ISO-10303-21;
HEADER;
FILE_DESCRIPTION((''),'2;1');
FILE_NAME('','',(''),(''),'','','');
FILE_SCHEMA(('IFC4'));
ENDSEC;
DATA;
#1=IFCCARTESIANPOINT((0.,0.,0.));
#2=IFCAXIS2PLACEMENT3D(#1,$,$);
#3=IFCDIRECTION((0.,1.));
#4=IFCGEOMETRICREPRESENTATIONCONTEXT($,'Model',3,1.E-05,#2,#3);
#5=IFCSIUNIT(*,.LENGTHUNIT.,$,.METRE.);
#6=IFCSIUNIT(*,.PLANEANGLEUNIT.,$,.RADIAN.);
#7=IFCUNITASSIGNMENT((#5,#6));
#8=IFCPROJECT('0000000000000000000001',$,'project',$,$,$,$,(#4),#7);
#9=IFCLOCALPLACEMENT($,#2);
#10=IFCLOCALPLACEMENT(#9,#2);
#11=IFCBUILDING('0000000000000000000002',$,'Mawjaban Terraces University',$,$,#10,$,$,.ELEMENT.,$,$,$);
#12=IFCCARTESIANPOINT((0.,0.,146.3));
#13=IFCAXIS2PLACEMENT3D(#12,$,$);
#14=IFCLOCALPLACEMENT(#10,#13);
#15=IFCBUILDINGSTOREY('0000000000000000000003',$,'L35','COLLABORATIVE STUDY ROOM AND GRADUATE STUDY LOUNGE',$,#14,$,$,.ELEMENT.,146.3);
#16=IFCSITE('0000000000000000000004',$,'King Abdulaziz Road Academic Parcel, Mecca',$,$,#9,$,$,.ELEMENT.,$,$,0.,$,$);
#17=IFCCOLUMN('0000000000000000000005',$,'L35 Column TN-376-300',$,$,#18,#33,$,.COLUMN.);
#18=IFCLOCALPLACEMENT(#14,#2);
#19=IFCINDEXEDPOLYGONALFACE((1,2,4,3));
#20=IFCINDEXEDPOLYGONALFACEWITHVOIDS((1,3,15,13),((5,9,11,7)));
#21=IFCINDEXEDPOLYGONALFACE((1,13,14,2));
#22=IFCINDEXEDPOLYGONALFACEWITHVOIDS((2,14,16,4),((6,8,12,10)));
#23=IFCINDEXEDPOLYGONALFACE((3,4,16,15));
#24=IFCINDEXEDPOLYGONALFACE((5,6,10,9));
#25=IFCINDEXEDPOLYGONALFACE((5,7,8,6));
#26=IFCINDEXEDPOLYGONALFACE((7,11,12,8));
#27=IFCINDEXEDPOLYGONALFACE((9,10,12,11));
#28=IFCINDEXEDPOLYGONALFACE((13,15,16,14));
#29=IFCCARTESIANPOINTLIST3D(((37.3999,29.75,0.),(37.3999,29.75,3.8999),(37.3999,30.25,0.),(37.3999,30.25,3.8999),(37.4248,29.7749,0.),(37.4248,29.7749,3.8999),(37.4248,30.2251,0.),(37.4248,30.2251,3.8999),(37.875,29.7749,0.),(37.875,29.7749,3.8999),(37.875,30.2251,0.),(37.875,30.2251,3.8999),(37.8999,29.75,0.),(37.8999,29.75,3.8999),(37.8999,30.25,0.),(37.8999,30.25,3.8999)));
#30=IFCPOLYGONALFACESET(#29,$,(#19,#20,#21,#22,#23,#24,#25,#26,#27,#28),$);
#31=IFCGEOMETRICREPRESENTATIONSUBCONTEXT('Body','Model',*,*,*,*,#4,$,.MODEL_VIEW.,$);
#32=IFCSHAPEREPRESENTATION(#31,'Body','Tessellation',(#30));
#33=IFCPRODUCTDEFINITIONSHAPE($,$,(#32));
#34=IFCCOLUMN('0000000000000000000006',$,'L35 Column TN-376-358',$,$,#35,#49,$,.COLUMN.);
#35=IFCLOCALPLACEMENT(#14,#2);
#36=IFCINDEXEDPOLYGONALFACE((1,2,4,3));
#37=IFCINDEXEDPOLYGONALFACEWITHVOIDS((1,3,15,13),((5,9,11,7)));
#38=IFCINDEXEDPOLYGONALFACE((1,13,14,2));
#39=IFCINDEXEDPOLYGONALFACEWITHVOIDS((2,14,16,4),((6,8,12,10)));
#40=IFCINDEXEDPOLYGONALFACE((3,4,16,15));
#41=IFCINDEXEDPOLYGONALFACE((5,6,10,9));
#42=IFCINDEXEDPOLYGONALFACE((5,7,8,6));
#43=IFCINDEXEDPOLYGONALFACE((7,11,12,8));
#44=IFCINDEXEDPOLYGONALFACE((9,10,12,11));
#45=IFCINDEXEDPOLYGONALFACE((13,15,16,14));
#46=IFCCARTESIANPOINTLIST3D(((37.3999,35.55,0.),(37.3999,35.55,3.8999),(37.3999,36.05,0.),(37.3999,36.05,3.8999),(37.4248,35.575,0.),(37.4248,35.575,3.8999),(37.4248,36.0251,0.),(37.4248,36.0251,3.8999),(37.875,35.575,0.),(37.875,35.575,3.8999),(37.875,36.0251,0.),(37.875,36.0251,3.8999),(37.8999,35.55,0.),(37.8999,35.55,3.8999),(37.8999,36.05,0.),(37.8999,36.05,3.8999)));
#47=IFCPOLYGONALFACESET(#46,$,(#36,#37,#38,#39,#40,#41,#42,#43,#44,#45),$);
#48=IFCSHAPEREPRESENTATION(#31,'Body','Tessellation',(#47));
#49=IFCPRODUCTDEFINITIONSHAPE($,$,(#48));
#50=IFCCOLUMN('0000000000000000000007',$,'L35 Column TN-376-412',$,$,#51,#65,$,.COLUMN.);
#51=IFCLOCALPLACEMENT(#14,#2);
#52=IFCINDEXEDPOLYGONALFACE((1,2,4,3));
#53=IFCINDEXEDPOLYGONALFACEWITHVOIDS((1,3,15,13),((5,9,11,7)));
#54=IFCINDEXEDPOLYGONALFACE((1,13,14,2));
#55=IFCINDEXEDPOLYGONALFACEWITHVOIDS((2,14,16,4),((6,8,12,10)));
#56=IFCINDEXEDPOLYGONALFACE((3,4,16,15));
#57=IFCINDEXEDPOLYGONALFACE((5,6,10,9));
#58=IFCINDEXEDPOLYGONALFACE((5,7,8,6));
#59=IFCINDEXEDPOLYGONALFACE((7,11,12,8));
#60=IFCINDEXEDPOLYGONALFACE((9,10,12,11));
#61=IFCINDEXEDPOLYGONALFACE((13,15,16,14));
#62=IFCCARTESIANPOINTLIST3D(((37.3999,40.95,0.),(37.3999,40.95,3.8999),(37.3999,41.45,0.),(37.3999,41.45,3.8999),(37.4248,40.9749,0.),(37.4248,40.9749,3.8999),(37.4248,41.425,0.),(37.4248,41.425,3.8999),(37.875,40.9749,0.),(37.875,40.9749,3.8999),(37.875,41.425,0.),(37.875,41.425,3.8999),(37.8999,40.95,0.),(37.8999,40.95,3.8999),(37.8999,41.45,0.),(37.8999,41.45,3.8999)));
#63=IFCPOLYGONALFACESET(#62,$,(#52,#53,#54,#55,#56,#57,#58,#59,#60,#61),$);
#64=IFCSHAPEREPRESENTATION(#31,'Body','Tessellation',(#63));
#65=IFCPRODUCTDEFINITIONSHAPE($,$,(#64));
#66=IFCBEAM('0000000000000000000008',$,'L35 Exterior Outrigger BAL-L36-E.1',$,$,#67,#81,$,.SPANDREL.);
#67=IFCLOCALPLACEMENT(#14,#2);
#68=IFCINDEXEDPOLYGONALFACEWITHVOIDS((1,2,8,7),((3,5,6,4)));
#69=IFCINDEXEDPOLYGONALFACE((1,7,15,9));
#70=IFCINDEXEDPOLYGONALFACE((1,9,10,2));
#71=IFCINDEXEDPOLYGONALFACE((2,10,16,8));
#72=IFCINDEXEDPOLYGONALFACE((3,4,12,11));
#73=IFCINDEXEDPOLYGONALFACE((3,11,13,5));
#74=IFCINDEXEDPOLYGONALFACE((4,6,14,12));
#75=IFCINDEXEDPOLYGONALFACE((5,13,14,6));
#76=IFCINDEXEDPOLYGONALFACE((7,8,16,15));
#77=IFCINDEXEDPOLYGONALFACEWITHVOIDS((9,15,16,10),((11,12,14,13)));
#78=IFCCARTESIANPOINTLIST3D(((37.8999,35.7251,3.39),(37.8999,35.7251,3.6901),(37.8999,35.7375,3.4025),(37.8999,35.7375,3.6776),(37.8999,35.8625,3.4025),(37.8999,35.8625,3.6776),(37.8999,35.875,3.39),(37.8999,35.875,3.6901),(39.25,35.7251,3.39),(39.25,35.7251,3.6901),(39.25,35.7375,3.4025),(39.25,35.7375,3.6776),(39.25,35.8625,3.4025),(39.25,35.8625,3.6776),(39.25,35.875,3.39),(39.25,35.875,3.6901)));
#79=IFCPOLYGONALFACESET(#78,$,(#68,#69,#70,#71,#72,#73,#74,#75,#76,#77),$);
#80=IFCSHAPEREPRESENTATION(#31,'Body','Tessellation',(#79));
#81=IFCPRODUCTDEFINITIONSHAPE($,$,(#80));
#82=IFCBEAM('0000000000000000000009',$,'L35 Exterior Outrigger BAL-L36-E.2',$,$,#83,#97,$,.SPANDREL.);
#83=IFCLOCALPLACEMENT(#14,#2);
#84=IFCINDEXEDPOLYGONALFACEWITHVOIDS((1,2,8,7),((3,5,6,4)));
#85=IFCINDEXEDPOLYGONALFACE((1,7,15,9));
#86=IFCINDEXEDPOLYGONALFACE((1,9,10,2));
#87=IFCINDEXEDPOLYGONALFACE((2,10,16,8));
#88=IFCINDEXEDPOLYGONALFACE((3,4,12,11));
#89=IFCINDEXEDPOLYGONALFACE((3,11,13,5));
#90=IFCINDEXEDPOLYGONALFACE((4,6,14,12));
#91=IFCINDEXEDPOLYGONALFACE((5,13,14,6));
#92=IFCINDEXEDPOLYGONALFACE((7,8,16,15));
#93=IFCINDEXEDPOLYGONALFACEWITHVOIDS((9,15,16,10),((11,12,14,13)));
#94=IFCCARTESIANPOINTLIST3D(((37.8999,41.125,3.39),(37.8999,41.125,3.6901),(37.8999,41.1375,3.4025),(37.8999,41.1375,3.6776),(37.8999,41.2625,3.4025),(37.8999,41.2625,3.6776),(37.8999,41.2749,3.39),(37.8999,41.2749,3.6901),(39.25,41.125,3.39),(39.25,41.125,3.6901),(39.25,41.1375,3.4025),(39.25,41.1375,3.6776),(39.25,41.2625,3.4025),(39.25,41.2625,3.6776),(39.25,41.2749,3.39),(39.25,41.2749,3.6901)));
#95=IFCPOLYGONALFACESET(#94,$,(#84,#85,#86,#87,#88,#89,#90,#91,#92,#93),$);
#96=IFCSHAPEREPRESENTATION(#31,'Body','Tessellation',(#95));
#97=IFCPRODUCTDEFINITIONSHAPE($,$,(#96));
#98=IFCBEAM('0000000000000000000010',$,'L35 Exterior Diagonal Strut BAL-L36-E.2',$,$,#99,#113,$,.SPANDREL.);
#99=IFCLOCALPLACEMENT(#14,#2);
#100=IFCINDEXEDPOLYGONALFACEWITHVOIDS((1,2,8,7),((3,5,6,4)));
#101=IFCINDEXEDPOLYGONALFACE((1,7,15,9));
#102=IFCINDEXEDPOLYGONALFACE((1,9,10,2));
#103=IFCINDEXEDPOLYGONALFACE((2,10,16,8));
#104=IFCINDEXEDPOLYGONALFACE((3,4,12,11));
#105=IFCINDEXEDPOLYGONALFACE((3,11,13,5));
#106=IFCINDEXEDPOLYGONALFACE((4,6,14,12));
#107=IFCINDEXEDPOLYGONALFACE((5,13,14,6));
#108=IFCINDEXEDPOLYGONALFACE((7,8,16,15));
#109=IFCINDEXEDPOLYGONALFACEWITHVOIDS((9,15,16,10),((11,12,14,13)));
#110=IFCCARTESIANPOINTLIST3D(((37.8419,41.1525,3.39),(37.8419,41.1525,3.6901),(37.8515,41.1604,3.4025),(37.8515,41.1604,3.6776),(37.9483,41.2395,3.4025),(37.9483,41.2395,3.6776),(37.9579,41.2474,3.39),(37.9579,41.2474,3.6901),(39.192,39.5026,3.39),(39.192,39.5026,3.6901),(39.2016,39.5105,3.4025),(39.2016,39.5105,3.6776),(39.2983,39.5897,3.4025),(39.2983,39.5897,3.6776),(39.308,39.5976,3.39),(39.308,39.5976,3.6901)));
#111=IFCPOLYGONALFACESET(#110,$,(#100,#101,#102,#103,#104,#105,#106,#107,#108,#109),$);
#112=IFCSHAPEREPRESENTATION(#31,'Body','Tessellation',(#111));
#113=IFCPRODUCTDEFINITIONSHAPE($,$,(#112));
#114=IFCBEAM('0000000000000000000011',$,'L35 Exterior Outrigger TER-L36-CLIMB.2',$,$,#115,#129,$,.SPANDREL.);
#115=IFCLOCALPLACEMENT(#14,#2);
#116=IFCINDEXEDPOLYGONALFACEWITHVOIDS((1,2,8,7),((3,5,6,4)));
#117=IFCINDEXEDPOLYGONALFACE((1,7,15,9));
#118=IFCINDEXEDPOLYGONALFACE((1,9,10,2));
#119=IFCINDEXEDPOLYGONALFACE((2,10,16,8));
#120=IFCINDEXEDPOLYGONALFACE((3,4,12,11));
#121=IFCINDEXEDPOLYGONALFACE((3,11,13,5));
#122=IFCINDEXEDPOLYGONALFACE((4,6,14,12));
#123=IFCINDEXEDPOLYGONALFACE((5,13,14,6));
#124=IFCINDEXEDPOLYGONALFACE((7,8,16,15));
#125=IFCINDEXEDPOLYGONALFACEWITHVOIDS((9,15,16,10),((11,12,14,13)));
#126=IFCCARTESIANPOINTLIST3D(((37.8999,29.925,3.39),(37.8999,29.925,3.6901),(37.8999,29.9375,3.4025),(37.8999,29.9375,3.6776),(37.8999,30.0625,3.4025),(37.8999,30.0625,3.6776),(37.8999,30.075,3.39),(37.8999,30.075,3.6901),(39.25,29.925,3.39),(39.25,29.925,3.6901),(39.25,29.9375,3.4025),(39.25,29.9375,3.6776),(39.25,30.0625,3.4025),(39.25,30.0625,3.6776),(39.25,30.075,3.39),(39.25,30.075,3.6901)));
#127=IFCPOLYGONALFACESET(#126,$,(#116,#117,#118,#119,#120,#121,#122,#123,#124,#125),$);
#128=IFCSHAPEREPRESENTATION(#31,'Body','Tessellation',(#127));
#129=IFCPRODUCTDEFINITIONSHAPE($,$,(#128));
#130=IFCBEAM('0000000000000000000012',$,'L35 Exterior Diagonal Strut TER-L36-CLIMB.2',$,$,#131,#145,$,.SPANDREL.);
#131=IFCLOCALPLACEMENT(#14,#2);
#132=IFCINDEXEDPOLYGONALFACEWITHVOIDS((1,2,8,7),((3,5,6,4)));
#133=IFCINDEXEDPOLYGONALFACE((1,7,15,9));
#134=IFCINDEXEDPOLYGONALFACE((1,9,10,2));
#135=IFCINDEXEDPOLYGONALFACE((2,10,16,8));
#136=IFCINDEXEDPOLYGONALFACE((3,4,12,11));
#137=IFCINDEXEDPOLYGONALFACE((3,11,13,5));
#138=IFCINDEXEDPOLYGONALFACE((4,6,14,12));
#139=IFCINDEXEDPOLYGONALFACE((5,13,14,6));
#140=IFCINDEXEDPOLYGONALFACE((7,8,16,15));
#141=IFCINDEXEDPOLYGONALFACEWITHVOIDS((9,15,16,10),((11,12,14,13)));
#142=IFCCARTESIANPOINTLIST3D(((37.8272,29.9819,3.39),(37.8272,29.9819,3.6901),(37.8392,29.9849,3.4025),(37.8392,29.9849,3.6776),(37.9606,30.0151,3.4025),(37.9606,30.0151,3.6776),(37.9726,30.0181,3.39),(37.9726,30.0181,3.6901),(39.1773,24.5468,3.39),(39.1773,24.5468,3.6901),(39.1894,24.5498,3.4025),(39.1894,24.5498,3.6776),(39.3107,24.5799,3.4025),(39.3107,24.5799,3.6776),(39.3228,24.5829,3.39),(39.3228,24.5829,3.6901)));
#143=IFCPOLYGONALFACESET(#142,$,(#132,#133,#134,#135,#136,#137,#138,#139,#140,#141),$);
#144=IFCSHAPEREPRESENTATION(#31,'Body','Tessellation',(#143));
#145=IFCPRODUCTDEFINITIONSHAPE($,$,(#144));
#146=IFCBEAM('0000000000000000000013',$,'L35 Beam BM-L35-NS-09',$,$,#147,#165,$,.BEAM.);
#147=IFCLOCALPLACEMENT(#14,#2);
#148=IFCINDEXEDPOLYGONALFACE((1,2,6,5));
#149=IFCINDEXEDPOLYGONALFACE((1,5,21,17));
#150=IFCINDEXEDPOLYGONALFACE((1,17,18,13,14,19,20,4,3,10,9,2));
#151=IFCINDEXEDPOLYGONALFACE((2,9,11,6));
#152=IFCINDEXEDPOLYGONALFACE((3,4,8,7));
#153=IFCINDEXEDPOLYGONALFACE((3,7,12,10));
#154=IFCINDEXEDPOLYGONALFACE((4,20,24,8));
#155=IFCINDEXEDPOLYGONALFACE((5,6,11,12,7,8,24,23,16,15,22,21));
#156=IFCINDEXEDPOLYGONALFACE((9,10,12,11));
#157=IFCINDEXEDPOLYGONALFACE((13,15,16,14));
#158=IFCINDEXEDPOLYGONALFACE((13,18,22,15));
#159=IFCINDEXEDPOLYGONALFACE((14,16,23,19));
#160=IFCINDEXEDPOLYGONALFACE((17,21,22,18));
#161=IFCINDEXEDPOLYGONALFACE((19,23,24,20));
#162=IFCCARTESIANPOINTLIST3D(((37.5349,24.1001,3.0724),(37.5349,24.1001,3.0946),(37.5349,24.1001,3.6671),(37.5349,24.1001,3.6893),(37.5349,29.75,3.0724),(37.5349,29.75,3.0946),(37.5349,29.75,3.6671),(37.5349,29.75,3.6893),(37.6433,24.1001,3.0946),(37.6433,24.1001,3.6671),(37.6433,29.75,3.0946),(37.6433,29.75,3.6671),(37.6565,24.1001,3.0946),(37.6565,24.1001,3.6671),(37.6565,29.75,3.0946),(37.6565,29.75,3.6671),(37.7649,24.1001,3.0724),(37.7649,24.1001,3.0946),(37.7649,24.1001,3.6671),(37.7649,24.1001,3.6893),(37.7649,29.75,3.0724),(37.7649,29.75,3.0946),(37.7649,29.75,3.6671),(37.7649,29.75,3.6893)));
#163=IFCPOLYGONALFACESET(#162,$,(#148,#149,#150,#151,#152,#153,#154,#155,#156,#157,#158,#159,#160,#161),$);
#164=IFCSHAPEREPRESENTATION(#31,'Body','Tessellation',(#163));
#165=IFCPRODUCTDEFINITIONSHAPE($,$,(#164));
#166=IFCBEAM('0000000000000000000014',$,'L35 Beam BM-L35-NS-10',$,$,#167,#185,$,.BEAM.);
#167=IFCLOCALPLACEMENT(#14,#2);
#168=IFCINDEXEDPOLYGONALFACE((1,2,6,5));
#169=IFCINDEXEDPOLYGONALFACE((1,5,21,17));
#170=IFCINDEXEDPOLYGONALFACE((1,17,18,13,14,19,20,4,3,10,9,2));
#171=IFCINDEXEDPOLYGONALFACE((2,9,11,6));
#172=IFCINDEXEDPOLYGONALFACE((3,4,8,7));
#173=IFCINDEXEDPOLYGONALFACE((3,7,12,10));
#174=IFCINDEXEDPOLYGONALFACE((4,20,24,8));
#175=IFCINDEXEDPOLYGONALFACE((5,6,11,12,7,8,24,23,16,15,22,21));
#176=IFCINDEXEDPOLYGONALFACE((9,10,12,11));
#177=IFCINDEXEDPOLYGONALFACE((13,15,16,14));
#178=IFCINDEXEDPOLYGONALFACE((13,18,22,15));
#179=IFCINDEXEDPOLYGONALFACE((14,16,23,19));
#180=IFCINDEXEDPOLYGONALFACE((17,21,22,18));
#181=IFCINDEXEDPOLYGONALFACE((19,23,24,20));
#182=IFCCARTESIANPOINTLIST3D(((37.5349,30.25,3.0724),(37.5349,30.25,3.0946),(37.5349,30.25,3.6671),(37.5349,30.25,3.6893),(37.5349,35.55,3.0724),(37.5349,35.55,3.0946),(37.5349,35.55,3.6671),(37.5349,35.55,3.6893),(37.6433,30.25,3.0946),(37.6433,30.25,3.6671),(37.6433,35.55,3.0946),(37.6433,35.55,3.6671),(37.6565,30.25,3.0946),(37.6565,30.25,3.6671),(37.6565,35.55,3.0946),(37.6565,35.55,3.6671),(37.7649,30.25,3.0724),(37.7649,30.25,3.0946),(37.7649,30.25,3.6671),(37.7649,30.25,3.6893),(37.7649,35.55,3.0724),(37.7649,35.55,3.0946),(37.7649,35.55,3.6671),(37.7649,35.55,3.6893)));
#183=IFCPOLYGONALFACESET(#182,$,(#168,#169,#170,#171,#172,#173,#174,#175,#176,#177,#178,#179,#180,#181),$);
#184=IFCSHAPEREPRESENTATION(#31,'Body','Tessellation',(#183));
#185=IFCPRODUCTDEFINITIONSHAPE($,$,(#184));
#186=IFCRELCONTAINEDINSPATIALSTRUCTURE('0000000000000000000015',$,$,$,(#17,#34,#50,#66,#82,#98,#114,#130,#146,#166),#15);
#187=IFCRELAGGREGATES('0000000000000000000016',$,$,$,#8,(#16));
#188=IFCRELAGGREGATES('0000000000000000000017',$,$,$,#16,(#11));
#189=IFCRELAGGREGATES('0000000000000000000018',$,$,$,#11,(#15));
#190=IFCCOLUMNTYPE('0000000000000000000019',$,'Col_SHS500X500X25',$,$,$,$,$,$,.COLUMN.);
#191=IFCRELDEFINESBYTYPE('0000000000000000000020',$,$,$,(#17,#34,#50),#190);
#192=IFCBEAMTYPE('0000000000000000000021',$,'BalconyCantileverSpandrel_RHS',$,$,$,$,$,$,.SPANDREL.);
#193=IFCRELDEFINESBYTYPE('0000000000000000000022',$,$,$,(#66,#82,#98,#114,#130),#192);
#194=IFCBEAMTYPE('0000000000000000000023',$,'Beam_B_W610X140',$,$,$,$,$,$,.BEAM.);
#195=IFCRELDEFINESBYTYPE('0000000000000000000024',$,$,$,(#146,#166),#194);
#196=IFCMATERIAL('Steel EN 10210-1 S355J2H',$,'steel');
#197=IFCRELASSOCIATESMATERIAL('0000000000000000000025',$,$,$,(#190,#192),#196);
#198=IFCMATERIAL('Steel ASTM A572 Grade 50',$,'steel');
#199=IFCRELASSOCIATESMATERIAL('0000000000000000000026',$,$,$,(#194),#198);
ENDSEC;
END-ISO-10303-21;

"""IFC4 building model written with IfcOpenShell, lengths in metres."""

from ifc_helpers import new_model, si_unit, direction, frame, origin, origin_2d, place, context, subcontext, project, spatial, hollow_rectangle, i_section, extrude, material, material_profile, profile_set, type_object, element, save


model = new_model("IFC4")

# Units and contexts
model_context = context("Model", 3, precision=1e-05, world=origin(), true_north=direction((0.0, 1.0)))
body_context = subcontext(model_context, "Body", "Model", "MODEL_VIEW")
ifc_project = project(units=[si_unit("LENGTHUNIT", "METRE"), si_unit("PLANEANGLEUNIT", "RADIAN")], contexts=[model_context])

# Site, building, storey
site_placement = place(None, origin())
site = spatial("IfcSite", under=ifc_project, at=site_placement, Name="King Abdulaziz Road Academic Parcel, Mecca", CompositionType="ELEMENT", RefElevation=0.0)
building_placement = place(site_placement, origin())
building = spatial("IfcBuilding", under=site, at=building_placement, Name="Mawjaban Terraces University", CompositionType="ELEMENT")
storey_placement = place(building_placement, frame((0.0, 0.0, 146.3)))
storey = spatial("IfcBuildingStorey", under=building, at=storey_placement, Name="L35", Description="COLLABORATIVE STUDY ROOM AND GRADUATE STUDY LOUNGE", CompositionType="ELEMENT", Elevation=146.3)

# Columns
ifc_material_1 = material(Name="Steel EN 10210-1 S355J2H", Category="steel")
ifc_material_profile_1 = material_profile(ifc_material_1, hollow_rectangle(XDim=0.5, YDim=0.5, WallThickness=0.0249, at=origin_2d()), Name="SHS500X500X25")
ifc_profile_set_1 = profile_set([ifc_material_profile_1], Name="Steel EN 10210-1 S355J2H")
column_type = type_object("IfcColumnType", Name="Col_SHS500X500X25", PredefinedType="COLUMN", material=ifc_profile_set_1)
for number, where, z_axis, x_axis, name in (
    (1, (37.6499, 30.0, 0.0), (0.0, 0.0, 1.0), (1.0, 0.0, 0.0), "L35 Column TN-376-300"),
    (2, (37.6499, 35.8, 0.0), (0.0, 0.0, 1.0), (1.0, 0.0, 0.0), "L35 Column TN-376-358"),
    (3, (37.6499, 41.2, 0.0), (0.0, 0.0, 1.0), (1.0, 0.0, 0.0), "L35 Column TN-376-412"),
):
    element("IfcColumn", number, at=place(storey_placement, frame(where, z_axis=z_axis, x_axis=x_axis)), inside=storey, type_object=column_type, Name=name, PredefinedType="COLUMN", context=body_context, shape_type="SweptSolid", body=[
        extrude(hollow_rectangle(XDim=0.5, YDim=0.5, WallThickness=0.0249, at=origin_2d()), origin(), (0.0, 0.0, 1.0), 3.8999),
    ])

# Beams
ifc_material_profile_2 = material_profile(ifc_material_1, hollow_rectangle(XDim=0.1499, YDim=0.3, WallThickness=0.0125, at=origin_2d()), Name="RHS300X150X12.5")
ifc_profile_set_2 = profile_set([ifc_material_profile_2], Name="Steel EN 10210-1 S355J2H")
beam_type_1 = type_object("IfcBeamType", Name="BalconyCantileverSpandrel_RHS", PredefinedType="SPANDREL", material=ifc_profile_set_2)
for number, where, z_axis, x_axis, name in (
    (4, (37.8999, 35.8, 3.54), (1.0, 0.0, 0.0), (0.0, 1.0, 0.0), "L35 Exterior Outrigger BAL-L36-E.1"),
    (5, (37.8999, 41.2, 3.54), (1.0, 0.0, 0.0), (0.0, 1.0, 0.0), "L35 Exterior Outrigger BAL-L36-E.2"),
):
    element("IfcBeam", number, at=place(storey_placement, frame(where, z_axis=z_axis, x_axis=x_axis)), inside=storey, type_object=beam_type_1, Name=name, PredefinedType="SPANDREL", context=body_context, shape_type="SweptSolid", body=[
        extrude(hollow_rectangle(XDim=0.1499, YDim=0.3, WallThickness=0.0125, at=origin_2d()), origin(), (0.0, 0.0, 1.0), 1.3501),
    ])
beam_1_placement = place(storey_placement, frame((37.8999, 41.2, 3.54), z_axis=(0.633288, -0.773916, 0.0), x_axis=(0.773916, 0.633288, 0.0)))
element("IfcBeam", 6, at=beam_1_placement, inside=storey, type_object=beam_type_1, Name="L35 Exterior Diagonal Strut BAL-L36-E.2", PredefinedType="SPANDREL", context=body_context, shape_type="SweptSolid", body=[
    extrude(hollow_rectangle(XDim=0.1499, YDim=0.3, WallThickness=0.0125, at=origin_2d()), origin(), (0.0, 0.0, 1.0), 2.1318),
])
beam_2_placement = place(storey_placement, frame((37.8999, 30.0, 3.54), z_axis=(1.0, 0.0, 0.0), x_axis=(0.0, 1.0, 0.0)))
element("IfcBeam", 7, at=beam_2_placement, inside=storey, type_object=beam_type_1, Name="L35 Exterior Outrigger TER-L36-CLIMB.2", PredefinedType="SPANDREL", context=body_context, shape_type="SweptSolid", body=[
    extrude(hollow_rectangle(XDim=0.1499, YDim=0.3, WallThickness=0.0125, at=origin_2d()), origin(), (0.0, 0.0, 1.0), 1.3501),
])
beam_3_placement = place(storey_placement, frame((37.8999, 30.0, 3.54), z_axis=(0.241079, -0.970506, 0.0), x_axis=(0.970506, 0.241079, 0.0)))
element("IfcBeam", 8, at=beam_3_placement, inside=storey, type_object=beam_type_1, Name="L35 Exterior Diagonal Strut TER-L36-CLIMB.2", PredefinedType="SPANDREL", context=body_context, shape_type="SweptSolid", body=[
    extrude(hollow_rectangle(XDim=0.1499, YDim=0.3, WallThickness=0.0125, at=origin_2d()), origin(), (0.0, 0.0, 1.0), 5.6003),
])
ifc_material_2 = material(Name="Steel ASTM A572 Grade 50", Category="steel")
ifc_material_profile_3 = material_profile(ifc_material_2, i_section(OverallWidth=0.23, OverallDepth=0.6169, WebThickness=0.0132, FlangeThickness=0.0222, at=origin_2d()), Name="W610X140")
ifc_profile_set_3 = profile_set([ifc_material_profile_3], Name="Steel ASTM A572 Grade 50")
beam_type_2 = type_object("IfcBeamType", Name="Beam_B_W610X140", PredefinedType="BEAM", material=ifc_profile_set_3)
beam_4_placement = place(storey_placement, frame((37.6499, 24.1001, 3.3809), z_axis=(0.0, 1.0, 0.0), x_axis=(-1.0, 0.0, 0.0)))
element("IfcBeam", 9, at=beam_4_placement, inside=storey, type_object=beam_type_2, Name="L35 Beam BM-L35-NS-09", PredefinedType="BEAM", context=body_context, shape_type="SweptSolid", body=[
    extrude(i_section(OverallWidth=0.23, OverallDepth=0.6169, WebThickness=0.0132, FlangeThickness=0.0222, at=origin_2d()), origin(), (0.0, 0.0, 1.0), 5.6499),
])
beam_5_placement = place(storey_placement, frame((37.6499, 30.25, 3.3809), z_axis=(0.0, 1.0, 0.0), x_axis=(-1.0, 0.0, 0.0)))
element("IfcBeam", 10, at=beam_5_placement, inside=storey, type_object=beam_type_2, Name="L35 Beam BM-L35-NS-10", PredefinedType="BEAM", context=body_context, shape_type="SweptSolid", body=[
    extrude(i_section(OverallWidth=0.23, OverallDepth=0.6169, WebThickness=0.0132, FlangeThickness=0.0222, at=origin_2d()), origin(), (0.0, 0.0, 1.0), 5.3),
])

save(model, "model.ifc")
